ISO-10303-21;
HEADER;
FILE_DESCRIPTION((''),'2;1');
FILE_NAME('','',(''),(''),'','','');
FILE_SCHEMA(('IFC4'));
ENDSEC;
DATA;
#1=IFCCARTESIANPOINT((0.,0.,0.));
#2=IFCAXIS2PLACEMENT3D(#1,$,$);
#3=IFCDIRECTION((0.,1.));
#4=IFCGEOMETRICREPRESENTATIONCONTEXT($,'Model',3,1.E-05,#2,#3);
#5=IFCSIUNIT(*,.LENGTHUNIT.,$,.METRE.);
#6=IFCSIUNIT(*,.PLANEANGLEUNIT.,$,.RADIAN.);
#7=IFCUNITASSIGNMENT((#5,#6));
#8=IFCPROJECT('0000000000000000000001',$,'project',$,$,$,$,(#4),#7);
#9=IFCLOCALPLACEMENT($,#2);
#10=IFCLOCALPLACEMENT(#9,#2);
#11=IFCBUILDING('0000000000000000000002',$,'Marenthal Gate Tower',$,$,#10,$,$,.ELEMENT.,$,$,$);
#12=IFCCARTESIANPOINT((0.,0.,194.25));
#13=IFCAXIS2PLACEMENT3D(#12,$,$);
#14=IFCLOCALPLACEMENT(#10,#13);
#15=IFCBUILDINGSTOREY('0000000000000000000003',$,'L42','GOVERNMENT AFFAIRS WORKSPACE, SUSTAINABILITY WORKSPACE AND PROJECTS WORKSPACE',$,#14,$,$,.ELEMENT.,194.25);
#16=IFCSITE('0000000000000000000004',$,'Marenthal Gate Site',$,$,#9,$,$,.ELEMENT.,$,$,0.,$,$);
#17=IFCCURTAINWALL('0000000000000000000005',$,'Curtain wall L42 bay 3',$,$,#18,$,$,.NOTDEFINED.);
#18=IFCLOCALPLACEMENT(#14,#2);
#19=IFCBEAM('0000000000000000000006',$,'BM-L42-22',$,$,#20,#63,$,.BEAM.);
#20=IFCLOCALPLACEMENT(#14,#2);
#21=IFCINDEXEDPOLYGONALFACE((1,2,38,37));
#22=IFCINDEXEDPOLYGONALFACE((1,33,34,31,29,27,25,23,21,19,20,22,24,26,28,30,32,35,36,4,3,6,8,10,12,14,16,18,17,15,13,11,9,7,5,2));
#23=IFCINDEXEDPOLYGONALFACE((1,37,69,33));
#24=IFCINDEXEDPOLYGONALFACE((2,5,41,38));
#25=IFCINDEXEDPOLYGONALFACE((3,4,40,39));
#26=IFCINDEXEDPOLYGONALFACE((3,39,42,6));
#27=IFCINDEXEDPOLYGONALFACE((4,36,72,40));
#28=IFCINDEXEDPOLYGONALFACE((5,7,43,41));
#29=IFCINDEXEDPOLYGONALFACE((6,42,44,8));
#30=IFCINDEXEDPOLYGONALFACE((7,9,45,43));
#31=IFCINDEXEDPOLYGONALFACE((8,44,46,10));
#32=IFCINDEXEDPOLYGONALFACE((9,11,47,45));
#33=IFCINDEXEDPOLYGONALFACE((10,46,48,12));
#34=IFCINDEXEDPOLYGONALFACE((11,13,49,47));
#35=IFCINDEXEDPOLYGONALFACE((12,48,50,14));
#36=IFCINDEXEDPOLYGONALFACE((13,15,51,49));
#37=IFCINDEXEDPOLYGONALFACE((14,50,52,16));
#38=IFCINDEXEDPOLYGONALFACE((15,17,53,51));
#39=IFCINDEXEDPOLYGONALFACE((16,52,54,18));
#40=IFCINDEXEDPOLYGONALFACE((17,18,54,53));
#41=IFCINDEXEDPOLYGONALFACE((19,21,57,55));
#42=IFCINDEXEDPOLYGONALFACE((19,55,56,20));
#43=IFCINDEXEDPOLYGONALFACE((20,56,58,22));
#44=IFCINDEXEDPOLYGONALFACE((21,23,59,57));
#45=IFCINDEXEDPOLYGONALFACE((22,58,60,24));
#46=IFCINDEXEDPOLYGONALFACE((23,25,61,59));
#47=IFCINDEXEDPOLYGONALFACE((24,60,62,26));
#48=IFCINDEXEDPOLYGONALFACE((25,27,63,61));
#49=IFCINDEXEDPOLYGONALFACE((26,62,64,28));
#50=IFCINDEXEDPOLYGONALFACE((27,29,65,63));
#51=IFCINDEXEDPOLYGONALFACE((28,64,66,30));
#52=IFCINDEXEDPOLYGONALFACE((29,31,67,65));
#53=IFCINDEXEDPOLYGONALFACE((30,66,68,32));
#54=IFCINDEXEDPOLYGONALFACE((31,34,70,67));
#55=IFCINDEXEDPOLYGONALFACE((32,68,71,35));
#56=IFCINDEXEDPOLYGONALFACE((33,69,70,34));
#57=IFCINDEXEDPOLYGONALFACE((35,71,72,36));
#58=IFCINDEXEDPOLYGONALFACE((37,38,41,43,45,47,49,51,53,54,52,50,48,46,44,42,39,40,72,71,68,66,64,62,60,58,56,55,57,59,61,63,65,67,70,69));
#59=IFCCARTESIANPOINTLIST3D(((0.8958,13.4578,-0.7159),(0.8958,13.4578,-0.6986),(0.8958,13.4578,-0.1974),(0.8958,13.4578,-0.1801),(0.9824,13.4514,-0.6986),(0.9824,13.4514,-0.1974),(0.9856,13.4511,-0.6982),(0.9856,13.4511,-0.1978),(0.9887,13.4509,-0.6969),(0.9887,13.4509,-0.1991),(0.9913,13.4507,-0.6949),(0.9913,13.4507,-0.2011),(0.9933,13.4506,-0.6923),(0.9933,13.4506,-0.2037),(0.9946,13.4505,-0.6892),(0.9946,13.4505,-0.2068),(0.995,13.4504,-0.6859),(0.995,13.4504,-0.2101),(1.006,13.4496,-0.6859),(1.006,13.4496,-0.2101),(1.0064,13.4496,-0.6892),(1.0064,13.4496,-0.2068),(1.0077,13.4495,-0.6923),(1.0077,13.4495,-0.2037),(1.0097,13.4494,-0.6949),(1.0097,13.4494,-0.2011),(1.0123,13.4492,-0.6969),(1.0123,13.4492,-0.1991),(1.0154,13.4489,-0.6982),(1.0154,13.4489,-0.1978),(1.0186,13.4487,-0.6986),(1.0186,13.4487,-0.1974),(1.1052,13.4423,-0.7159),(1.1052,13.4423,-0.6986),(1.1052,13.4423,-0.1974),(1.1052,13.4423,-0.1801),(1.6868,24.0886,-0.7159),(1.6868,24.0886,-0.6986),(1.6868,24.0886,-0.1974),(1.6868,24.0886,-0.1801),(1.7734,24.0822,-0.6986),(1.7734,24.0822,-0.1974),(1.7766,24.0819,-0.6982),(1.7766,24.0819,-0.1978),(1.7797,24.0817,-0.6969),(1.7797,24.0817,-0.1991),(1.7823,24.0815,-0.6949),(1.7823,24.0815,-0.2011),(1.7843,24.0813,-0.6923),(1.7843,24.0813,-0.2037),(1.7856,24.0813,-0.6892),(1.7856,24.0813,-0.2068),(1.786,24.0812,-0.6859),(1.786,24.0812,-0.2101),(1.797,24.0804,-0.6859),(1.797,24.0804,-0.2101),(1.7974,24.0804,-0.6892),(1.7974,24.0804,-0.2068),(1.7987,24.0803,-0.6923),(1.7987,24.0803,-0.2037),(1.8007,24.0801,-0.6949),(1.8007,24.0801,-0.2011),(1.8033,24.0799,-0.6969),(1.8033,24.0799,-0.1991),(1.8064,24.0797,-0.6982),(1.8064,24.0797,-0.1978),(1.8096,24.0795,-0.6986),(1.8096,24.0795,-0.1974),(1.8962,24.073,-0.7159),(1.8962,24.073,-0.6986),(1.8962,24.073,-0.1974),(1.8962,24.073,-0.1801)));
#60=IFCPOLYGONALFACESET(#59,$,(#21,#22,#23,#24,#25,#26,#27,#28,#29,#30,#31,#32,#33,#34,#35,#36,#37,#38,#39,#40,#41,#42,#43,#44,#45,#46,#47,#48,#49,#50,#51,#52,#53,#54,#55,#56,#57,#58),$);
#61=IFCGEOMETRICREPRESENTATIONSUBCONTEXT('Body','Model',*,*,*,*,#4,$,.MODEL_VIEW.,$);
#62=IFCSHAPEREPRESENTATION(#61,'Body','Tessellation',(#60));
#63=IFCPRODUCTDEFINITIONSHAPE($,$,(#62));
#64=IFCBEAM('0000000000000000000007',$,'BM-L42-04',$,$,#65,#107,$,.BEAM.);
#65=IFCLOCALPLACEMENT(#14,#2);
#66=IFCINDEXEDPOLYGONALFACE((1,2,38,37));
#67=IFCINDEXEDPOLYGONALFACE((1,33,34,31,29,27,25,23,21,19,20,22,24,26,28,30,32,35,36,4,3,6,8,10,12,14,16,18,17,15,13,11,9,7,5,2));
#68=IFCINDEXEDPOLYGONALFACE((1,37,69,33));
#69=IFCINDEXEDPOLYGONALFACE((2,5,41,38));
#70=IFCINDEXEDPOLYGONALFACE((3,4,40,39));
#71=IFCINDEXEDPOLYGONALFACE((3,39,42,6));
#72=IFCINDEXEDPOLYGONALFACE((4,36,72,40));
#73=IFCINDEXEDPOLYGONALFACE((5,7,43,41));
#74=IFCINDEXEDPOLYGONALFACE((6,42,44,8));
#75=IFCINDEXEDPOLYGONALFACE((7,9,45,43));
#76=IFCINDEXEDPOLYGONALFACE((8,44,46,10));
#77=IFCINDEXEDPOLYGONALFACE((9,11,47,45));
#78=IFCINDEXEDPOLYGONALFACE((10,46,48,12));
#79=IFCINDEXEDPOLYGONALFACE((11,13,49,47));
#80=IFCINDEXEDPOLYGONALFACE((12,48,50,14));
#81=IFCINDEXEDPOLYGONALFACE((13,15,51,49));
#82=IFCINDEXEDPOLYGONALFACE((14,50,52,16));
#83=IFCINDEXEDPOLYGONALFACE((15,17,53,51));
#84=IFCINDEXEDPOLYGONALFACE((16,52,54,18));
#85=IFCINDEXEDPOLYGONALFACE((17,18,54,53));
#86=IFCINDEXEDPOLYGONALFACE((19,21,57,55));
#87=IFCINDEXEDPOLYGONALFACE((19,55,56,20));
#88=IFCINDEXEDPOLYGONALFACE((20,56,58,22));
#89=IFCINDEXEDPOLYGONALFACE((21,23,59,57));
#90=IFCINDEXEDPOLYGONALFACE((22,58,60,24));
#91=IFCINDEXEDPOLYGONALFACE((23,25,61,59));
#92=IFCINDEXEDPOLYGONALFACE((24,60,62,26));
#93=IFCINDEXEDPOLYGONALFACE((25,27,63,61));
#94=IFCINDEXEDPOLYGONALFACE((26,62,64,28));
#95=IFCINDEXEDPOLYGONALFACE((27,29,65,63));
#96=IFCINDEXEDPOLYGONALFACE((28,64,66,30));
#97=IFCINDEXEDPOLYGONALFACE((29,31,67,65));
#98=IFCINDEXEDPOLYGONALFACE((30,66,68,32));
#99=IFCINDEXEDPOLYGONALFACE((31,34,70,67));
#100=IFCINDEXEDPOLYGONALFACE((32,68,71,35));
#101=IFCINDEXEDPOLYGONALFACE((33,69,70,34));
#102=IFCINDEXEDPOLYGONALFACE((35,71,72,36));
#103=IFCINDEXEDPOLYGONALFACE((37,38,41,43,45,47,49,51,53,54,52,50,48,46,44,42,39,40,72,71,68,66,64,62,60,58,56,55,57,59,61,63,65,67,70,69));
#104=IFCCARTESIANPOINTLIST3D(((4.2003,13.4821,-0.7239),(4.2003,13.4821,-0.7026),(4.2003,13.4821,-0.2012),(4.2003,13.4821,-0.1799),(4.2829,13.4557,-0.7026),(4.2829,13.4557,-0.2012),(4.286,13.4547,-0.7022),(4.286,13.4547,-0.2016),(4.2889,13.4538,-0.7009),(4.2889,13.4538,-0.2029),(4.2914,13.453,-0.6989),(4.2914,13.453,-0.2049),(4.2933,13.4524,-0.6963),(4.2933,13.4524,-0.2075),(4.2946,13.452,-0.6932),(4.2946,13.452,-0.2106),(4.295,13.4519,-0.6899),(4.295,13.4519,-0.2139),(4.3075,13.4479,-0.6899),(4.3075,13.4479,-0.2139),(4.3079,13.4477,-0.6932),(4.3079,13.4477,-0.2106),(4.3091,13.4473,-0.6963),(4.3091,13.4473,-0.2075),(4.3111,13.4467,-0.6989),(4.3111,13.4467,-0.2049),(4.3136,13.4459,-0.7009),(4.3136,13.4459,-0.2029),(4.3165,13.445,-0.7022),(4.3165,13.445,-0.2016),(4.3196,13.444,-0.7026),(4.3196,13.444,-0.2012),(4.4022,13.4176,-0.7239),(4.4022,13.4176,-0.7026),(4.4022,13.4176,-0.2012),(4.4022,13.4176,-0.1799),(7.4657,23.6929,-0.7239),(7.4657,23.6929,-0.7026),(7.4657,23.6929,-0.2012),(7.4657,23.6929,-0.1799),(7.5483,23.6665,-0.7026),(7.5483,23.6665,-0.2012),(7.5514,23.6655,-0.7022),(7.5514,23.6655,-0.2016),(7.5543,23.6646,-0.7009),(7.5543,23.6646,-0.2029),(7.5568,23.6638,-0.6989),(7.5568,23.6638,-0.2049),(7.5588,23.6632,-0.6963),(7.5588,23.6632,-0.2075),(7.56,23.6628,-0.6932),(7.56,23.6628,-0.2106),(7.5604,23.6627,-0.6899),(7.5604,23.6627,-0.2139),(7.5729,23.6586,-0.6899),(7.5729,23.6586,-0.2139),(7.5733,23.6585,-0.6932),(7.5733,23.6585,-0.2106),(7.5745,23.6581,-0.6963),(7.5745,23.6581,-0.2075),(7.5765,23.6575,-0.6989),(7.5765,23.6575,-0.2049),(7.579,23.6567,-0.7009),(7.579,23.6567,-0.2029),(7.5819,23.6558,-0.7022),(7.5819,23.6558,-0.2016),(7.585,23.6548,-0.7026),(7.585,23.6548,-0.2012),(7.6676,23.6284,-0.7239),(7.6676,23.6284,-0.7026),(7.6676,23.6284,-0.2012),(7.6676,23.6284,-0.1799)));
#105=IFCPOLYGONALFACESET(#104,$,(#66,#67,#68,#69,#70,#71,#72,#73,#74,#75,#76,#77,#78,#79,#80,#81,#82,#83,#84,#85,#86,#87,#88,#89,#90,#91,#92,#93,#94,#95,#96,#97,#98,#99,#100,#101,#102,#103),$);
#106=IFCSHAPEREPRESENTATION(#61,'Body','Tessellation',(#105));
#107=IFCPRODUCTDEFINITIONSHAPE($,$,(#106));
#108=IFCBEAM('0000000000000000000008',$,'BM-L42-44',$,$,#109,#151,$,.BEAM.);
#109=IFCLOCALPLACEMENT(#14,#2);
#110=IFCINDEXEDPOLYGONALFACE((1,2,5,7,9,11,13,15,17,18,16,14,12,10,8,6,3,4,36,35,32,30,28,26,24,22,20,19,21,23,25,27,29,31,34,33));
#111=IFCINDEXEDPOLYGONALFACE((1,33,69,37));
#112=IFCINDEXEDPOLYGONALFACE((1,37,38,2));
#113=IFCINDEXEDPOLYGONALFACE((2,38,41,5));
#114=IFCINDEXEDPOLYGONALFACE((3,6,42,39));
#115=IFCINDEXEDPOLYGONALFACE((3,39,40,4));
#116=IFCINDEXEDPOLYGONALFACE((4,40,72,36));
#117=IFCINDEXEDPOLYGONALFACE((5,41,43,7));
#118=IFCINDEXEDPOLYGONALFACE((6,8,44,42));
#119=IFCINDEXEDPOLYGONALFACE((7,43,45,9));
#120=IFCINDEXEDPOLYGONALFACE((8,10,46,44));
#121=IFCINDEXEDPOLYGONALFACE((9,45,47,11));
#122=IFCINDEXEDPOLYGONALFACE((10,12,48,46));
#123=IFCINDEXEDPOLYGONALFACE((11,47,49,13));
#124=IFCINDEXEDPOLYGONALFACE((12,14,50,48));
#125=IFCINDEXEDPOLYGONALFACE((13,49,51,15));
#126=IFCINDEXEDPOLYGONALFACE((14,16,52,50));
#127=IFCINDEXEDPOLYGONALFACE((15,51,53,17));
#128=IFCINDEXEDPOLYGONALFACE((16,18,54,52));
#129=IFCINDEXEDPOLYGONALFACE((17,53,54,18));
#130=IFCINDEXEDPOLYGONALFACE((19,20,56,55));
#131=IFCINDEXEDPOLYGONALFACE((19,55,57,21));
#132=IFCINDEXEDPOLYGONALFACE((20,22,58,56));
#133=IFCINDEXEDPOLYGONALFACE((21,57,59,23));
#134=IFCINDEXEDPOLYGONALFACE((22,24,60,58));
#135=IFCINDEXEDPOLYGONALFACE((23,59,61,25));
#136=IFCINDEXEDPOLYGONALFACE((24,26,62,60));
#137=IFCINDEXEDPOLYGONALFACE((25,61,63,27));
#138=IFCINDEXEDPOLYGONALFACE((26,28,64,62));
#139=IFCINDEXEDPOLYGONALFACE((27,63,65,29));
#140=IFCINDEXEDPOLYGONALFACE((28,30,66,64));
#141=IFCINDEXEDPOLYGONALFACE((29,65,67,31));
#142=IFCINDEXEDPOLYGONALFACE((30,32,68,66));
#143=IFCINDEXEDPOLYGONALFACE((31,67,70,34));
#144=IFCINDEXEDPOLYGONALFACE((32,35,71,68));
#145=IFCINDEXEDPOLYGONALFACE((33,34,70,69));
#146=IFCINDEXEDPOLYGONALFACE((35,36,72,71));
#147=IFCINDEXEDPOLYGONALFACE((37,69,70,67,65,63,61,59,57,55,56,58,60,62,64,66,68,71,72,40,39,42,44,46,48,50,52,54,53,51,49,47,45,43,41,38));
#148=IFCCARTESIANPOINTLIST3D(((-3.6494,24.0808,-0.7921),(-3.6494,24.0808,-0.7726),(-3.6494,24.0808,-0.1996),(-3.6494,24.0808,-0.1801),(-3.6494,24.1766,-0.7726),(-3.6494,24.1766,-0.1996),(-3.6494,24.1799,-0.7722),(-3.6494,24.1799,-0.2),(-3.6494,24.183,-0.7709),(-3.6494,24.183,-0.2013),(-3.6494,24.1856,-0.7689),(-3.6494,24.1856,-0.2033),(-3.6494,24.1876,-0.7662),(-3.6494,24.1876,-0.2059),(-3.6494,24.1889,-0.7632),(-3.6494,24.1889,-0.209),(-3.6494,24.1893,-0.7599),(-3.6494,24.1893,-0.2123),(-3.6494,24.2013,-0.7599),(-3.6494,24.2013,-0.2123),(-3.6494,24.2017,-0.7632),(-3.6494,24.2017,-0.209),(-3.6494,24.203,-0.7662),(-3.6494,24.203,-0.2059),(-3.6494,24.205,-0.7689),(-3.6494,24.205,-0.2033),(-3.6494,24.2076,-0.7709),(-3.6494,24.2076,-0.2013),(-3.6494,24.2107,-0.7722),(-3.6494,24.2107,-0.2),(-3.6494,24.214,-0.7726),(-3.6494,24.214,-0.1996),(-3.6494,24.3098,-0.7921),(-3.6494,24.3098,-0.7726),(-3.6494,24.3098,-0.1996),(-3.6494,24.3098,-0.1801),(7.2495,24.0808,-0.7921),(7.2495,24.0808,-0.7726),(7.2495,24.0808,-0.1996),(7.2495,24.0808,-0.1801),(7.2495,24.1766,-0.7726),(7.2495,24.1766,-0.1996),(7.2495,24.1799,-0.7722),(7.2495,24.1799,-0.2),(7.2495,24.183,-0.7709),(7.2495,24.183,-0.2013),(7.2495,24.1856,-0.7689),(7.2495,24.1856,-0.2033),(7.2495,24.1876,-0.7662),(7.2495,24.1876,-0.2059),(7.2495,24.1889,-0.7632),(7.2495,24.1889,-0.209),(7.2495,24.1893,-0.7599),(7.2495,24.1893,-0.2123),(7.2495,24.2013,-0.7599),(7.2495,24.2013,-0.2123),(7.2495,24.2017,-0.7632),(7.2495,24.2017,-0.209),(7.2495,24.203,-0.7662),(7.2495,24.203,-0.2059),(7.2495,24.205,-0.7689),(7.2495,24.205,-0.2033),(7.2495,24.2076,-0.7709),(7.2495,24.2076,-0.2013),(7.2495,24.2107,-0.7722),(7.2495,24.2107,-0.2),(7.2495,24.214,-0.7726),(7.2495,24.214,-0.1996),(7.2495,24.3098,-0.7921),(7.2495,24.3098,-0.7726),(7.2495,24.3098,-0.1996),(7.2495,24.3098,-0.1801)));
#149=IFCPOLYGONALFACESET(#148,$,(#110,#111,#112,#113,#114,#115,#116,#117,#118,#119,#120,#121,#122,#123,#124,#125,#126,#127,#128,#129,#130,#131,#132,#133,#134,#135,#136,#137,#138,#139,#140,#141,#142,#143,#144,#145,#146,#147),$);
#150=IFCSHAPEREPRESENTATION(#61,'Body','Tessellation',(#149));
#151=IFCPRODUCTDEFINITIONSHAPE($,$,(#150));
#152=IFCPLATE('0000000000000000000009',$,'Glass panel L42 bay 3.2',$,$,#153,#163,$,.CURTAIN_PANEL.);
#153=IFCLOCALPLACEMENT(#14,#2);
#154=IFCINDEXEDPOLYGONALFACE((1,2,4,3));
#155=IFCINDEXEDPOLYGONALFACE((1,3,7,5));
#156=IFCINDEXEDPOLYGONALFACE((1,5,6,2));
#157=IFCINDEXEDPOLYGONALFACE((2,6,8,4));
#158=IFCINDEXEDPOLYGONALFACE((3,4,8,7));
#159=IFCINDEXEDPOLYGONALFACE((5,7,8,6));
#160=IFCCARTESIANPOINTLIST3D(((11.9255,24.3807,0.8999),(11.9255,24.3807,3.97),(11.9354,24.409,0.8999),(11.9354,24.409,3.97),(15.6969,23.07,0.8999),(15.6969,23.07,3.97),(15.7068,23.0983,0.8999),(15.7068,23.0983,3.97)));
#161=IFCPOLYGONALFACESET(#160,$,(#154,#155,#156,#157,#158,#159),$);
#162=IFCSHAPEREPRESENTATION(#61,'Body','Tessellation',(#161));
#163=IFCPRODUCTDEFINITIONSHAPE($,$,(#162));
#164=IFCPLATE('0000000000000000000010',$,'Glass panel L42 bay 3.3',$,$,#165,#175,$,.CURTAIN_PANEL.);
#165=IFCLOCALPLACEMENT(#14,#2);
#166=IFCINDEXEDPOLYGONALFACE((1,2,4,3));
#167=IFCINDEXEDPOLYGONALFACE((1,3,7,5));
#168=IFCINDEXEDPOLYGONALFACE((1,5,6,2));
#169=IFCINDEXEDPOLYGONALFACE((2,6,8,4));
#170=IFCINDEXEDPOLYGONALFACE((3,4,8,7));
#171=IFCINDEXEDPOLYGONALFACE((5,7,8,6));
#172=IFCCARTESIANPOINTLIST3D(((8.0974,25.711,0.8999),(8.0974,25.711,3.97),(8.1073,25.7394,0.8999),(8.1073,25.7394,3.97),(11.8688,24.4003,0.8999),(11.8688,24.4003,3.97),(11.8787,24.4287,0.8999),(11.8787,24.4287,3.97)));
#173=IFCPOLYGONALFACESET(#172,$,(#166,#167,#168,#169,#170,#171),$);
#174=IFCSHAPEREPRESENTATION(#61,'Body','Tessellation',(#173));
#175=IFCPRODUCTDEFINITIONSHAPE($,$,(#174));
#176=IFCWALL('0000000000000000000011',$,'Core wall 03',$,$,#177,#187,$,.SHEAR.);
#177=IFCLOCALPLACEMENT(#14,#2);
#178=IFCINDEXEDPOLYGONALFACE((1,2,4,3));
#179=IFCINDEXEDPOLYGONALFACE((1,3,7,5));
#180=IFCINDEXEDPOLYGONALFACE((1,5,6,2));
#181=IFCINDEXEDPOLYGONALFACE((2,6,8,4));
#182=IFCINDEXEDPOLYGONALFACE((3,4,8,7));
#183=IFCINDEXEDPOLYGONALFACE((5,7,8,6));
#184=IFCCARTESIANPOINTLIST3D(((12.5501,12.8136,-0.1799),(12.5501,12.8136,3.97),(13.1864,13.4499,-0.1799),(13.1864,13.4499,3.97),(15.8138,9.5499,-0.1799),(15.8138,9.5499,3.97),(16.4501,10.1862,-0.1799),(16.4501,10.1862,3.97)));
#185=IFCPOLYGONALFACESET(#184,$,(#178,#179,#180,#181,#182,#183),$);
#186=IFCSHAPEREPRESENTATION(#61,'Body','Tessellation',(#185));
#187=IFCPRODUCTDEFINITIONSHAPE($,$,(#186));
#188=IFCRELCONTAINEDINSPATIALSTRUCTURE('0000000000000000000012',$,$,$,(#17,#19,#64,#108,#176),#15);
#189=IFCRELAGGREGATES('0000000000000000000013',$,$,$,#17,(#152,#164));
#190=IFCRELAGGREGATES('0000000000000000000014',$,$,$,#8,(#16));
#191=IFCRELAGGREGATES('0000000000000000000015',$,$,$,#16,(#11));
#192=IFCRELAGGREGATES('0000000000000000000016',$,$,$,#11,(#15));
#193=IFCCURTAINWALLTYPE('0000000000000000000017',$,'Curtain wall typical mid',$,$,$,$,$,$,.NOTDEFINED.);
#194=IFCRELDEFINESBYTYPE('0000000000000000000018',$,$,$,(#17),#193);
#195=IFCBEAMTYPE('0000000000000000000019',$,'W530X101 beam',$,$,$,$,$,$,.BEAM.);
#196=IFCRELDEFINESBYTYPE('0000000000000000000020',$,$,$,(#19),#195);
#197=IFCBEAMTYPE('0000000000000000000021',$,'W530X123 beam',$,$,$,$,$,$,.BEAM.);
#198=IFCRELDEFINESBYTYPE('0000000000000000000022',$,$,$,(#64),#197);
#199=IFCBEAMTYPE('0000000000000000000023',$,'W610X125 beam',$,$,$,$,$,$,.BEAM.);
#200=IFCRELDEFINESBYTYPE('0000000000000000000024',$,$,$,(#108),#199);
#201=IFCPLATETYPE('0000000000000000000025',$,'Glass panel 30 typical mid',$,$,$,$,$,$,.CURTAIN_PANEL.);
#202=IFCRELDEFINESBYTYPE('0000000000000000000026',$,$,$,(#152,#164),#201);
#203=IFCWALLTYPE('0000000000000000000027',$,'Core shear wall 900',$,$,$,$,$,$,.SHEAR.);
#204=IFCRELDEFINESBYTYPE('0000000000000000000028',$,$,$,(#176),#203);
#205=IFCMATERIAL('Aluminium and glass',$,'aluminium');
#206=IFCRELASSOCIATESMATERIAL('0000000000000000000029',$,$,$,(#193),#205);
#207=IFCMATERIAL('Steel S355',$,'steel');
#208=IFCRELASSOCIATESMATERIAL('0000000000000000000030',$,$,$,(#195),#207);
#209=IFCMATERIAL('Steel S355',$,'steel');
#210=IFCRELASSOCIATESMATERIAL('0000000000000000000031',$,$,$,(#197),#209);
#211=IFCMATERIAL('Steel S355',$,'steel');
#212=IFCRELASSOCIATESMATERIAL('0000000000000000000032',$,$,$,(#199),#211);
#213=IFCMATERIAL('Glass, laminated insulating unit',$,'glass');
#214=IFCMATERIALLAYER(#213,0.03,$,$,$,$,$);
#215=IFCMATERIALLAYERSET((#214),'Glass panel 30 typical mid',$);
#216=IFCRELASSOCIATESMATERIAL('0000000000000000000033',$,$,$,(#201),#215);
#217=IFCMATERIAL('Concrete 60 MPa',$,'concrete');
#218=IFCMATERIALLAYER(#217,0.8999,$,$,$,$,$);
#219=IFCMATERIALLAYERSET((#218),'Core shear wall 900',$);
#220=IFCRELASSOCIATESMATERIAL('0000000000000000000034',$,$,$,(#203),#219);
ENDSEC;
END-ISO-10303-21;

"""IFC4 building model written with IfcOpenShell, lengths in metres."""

from ifc_helpers import new_model, si_unit, direction, frame, frame_2d, origin, origin_2d, place, context, subcontext, project, spatial, rectangle, i_section, extrude, material, layer, layer_set, material_profile, profile_set, type_object, element, aggregate, save


model = new_model("IFC4")

# Units and contexts
model_context = context("Model", 3, precision=1e-05, world=origin(), true_north=direction((0.0, 1.0)))
body_context = subcontext(model_context, "Body", "Model", "MODEL_VIEW")
ifc_project = project(units=[si_unit("LENGTHUNIT", "METRE"), si_unit("PLANEANGLEUNIT", "RADIAN")], contexts=[model_context])

# Site, building, storey
site_placement = place(None, origin())
site = spatial("IfcSite", under=ifc_project, at=site_placement, Name="Marenthal Gate Site", CompositionType="ELEMENT", RefElevation=0.0)
building_placement = place(site_placement, origin())
building = spatial("IfcBuilding", under=site, at=building_placement, Name="Marenthal Gate Tower", CompositionType="ELEMENT")
storey_placement = place(building_placement, frame((0.0, 0.0, 194.25)))
storey = spatial("IfcBuildingStorey", under=building, at=storey_placement, Name="L42", Description="GOVERNMENT AFFAIRS WORKSPACE, SUSTAINABILITY WORKSPACE AND PROJECTS WORKSPACE", CompositionType="ELEMENT", Elevation=194.25)

# Curtain wall
ifc_material_1 = material(Name="Aluminium and glass", Category="aluminium")
curtain_wall_type = type_object("IfcCurtainWallType", Name="Curtain wall typical mid", PredefinedType="NOTDEFINED", material=ifc_material_1)
curtain_wall_placement = place(storey_placement, origin())
curtain_wall = element("IfcCurtainWall", 1, at=curtain_wall_placement, inside=storey, type_object=curtain_wall_type, Name="Curtain wall L42 bay 3", PredefinedType="NOTDEFINED")

# Beams
ifc_material_2 = material(Name="Steel S355", Category="steel")
ifc_material_profile_1 = material_profile(ifc_material_2, i_section(OverallWidth=0.21, OverallDepth=0.5359, WebThickness=0.011, FlangeThickness=0.0173, FilletRadius=0.0127, at=origin_2d()), Name="W530X101")
ifc_profile_set_1 = profile_set([ifc_material_profile_1], Name="Steel S355")
beam_type_1 = type_object("IfcBeamType", Name="W530X101 beam", PredefinedType="BEAM", material=ifc_profile_set_1)
beam_1_placement = place(storey_placement, frame((1.7915, 24.0808, -0.448), z_axis=(-0.074202, -0.997243, 0.0), x_axis=(0.997243, -0.074202, 0.0)))
element("IfcBeam", 2, at=beam_1_placement, inside=storey, type_object=beam_type_1, Name="BM-L42-22", PredefinedType="BEAM", context=body_context, shape_type="SweptSolid", body=[
    extrude(i_section(OverallWidth=0.21, OverallDepth=0.5359, WebThickness=0.011, FlangeThickness=0.0173, FilletRadius=0.0127, at=origin_2d()), origin(), (0.0, 0.0, 1.0), 10.6602),
])
ifc_material_3 = material(Name="Steel S355", Category="steel")
ifc_material_profile_2 = material_profile(ifc_material_3, i_section(OverallWidth=0.2119, OverallDepth=0.5439, WebThickness=0.0132, FlangeThickness=0.0212, FilletRadius=0.0127, at=origin_2d()), Name="W530X123")
ifc_profile_set_2 = profile_set([ifc_material_profile_2], Name="Steel S355")
beam_type_2 = type_object("IfcBeamType", Name="W530X123 beam", PredefinedType="BEAM", material=ifc_profile_set_2)
beam_2_placement = place(storey_placement, frame((7.5667, 23.6606, -0.4519), z_axis=(-0.304603, -0.952479, 0.0), x_axis=(0.952479, -0.304603, 0.0)))
element("IfcBeam", 3, at=beam_2_placement, inside=storey, type_object=beam_type_2, Name="BM-L42-04", PredefinedType="BEAM", context=body_context, shape_type="SweptSolid", body=[
    extrude(i_section(OverallWidth=0.2119, OverallDepth=0.5439, WebThickness=0.0132, FlangeThickness=0.0212, FilletRadius=0.0127, at=origin_2d()), origin(), (0.0, 0.0, 1.0), 10.7202),
])
ifc_material_4 = material(Name="Steel S355", Category="steel")
ifc_material_profile_3 = material_profile(ifc_material_4, i_section(OverallWidth=0.229, OverallDepth=0.6121, WebThickness=0.012, FlangeThickness=0.0195, FilletRadius=0.0127, at=origin_2d()), Name="W610X125")
ifc_profile_set_3 = profile_set([ifc_material_profile_3], Name="Steel S355")
beam_type_3 = type_object("IfcBeamType", Name="W610X125 beam", PredefinedType="BEAM", material=ifc_profile_set_3)
beam_3_placement = place(storey_placement, frame((7.2495, 24.1953, -0.4861), z_axis=(-1.0, 0.0, 0.0), x_axis=(0.0, -1.0, 0.0)))
element("IfcBeam", 4, at=beam_3_placement, inside=storey, type_object=beam_type_3, Name="BM-L42-44", PredefinedType="BEAM", context=body_context, shape_type="SweptSolid", body=[
    extrude(i_section(OverallWidth=0.229, OverallDepth=0.6121, WebThickness=0.012, FlangeThickness=0.0195, FilletRadius=0.0127, at=origin_2d()), origin(), (0.0, 0.0, 1.0), 10.8989),
])

# Plates
ifc_material_5 = material(Name="Glass, laminated insulating unit", Category="glass")
ifc_layer_1 = layer(ifc_material_5, 0.03)
ifc_layer_set_1 = layer_set([ifc_layer_1], Name="Glass panel 30 typical mid")
plate_type = type_object("IfcPlateType", Name="Glass panel 30 typical mid", PredefinedType="CURTAIN_PANEL", material=ifc_layer_set_1)
plate_1_placement = place(storey_placement, frame((13.8162, 23.7395, 0.8999), z_axis=(0.0, 0.0, 1.0), x_axis=(-0.944583, 0.328273, 0.0)))
plate_1 = element("IfcPlate", 5, at=plate_1_placement, type_object=plate_type, Name="Glass panel L42 bay 3.2", PredefinedType="CURTAIN_PANEL", context=body_context, shape_type="SweptSolid", body=[
    extrude(rectangle(XDim=3.9927, YDim=0.03, at=origin_2d()), origin(), (0.0, 0.0, 1.0), 3.0701),
])
plate_2_placement = place(storey_placement, frame((9.988, 25.0698, 0.8999), z_axis=(0.0, 0.0, 1.0), x_axis=(-0.944583, 0.328273, 0.0)))
plate_2 = element("IfcPlate", 6, at=plate_2_placement, type_object=plate_type, Name="Glass panel L42 bay 3.3", PredefinedType="CURTAIN_PANEL", context=body_context, shape_type="SweptSolid", body=[
    extrude(rectangle(XDim=3.9927, YDim=0.03, at=origin_2d()), origin(), (0.0, 0.0, 1.0), 3.0701),
])
aggregate(curtain_wall, [plate_1, plate_2])

# Wall
ifc_material_6 = material(Name="Concrete 60 MPa", Category="concrete")
ifc_layer_2 = layer(ifc_material_6, 0.8999)
ifc_layer_set_2 = layer_set([ifc_layer_2], Name="Core shear wall 900")
wall_type_1 = type_object("IfcWallType", Name="Core shear wall 900", PredefinedType="SHEAR", material=ifc_layer_set_2)
wall_1_placement = place(storey_placement, frame((16.1318, 9.8682, -0.1799), z_axis=(0.0, 0.0, 1.0), x_axis=(-0.707107, 0.707107, 0.0)))
element("IfcWall", 7, at=wall_1_placement, inside=storey, type_object=wall_type_1, Name="Core wall 03", PredefinedType="SHEAR", context=body_context, shape_type="SweptSolid", body=[
    extrude(rectangle(XDim=4.6155, YDim=0.8999, at=frame_2d((2.3076, 0.0))), origin(), (0.0, 0.0, 1.0), 4.1499),
])

save(model, "model.ifc")
